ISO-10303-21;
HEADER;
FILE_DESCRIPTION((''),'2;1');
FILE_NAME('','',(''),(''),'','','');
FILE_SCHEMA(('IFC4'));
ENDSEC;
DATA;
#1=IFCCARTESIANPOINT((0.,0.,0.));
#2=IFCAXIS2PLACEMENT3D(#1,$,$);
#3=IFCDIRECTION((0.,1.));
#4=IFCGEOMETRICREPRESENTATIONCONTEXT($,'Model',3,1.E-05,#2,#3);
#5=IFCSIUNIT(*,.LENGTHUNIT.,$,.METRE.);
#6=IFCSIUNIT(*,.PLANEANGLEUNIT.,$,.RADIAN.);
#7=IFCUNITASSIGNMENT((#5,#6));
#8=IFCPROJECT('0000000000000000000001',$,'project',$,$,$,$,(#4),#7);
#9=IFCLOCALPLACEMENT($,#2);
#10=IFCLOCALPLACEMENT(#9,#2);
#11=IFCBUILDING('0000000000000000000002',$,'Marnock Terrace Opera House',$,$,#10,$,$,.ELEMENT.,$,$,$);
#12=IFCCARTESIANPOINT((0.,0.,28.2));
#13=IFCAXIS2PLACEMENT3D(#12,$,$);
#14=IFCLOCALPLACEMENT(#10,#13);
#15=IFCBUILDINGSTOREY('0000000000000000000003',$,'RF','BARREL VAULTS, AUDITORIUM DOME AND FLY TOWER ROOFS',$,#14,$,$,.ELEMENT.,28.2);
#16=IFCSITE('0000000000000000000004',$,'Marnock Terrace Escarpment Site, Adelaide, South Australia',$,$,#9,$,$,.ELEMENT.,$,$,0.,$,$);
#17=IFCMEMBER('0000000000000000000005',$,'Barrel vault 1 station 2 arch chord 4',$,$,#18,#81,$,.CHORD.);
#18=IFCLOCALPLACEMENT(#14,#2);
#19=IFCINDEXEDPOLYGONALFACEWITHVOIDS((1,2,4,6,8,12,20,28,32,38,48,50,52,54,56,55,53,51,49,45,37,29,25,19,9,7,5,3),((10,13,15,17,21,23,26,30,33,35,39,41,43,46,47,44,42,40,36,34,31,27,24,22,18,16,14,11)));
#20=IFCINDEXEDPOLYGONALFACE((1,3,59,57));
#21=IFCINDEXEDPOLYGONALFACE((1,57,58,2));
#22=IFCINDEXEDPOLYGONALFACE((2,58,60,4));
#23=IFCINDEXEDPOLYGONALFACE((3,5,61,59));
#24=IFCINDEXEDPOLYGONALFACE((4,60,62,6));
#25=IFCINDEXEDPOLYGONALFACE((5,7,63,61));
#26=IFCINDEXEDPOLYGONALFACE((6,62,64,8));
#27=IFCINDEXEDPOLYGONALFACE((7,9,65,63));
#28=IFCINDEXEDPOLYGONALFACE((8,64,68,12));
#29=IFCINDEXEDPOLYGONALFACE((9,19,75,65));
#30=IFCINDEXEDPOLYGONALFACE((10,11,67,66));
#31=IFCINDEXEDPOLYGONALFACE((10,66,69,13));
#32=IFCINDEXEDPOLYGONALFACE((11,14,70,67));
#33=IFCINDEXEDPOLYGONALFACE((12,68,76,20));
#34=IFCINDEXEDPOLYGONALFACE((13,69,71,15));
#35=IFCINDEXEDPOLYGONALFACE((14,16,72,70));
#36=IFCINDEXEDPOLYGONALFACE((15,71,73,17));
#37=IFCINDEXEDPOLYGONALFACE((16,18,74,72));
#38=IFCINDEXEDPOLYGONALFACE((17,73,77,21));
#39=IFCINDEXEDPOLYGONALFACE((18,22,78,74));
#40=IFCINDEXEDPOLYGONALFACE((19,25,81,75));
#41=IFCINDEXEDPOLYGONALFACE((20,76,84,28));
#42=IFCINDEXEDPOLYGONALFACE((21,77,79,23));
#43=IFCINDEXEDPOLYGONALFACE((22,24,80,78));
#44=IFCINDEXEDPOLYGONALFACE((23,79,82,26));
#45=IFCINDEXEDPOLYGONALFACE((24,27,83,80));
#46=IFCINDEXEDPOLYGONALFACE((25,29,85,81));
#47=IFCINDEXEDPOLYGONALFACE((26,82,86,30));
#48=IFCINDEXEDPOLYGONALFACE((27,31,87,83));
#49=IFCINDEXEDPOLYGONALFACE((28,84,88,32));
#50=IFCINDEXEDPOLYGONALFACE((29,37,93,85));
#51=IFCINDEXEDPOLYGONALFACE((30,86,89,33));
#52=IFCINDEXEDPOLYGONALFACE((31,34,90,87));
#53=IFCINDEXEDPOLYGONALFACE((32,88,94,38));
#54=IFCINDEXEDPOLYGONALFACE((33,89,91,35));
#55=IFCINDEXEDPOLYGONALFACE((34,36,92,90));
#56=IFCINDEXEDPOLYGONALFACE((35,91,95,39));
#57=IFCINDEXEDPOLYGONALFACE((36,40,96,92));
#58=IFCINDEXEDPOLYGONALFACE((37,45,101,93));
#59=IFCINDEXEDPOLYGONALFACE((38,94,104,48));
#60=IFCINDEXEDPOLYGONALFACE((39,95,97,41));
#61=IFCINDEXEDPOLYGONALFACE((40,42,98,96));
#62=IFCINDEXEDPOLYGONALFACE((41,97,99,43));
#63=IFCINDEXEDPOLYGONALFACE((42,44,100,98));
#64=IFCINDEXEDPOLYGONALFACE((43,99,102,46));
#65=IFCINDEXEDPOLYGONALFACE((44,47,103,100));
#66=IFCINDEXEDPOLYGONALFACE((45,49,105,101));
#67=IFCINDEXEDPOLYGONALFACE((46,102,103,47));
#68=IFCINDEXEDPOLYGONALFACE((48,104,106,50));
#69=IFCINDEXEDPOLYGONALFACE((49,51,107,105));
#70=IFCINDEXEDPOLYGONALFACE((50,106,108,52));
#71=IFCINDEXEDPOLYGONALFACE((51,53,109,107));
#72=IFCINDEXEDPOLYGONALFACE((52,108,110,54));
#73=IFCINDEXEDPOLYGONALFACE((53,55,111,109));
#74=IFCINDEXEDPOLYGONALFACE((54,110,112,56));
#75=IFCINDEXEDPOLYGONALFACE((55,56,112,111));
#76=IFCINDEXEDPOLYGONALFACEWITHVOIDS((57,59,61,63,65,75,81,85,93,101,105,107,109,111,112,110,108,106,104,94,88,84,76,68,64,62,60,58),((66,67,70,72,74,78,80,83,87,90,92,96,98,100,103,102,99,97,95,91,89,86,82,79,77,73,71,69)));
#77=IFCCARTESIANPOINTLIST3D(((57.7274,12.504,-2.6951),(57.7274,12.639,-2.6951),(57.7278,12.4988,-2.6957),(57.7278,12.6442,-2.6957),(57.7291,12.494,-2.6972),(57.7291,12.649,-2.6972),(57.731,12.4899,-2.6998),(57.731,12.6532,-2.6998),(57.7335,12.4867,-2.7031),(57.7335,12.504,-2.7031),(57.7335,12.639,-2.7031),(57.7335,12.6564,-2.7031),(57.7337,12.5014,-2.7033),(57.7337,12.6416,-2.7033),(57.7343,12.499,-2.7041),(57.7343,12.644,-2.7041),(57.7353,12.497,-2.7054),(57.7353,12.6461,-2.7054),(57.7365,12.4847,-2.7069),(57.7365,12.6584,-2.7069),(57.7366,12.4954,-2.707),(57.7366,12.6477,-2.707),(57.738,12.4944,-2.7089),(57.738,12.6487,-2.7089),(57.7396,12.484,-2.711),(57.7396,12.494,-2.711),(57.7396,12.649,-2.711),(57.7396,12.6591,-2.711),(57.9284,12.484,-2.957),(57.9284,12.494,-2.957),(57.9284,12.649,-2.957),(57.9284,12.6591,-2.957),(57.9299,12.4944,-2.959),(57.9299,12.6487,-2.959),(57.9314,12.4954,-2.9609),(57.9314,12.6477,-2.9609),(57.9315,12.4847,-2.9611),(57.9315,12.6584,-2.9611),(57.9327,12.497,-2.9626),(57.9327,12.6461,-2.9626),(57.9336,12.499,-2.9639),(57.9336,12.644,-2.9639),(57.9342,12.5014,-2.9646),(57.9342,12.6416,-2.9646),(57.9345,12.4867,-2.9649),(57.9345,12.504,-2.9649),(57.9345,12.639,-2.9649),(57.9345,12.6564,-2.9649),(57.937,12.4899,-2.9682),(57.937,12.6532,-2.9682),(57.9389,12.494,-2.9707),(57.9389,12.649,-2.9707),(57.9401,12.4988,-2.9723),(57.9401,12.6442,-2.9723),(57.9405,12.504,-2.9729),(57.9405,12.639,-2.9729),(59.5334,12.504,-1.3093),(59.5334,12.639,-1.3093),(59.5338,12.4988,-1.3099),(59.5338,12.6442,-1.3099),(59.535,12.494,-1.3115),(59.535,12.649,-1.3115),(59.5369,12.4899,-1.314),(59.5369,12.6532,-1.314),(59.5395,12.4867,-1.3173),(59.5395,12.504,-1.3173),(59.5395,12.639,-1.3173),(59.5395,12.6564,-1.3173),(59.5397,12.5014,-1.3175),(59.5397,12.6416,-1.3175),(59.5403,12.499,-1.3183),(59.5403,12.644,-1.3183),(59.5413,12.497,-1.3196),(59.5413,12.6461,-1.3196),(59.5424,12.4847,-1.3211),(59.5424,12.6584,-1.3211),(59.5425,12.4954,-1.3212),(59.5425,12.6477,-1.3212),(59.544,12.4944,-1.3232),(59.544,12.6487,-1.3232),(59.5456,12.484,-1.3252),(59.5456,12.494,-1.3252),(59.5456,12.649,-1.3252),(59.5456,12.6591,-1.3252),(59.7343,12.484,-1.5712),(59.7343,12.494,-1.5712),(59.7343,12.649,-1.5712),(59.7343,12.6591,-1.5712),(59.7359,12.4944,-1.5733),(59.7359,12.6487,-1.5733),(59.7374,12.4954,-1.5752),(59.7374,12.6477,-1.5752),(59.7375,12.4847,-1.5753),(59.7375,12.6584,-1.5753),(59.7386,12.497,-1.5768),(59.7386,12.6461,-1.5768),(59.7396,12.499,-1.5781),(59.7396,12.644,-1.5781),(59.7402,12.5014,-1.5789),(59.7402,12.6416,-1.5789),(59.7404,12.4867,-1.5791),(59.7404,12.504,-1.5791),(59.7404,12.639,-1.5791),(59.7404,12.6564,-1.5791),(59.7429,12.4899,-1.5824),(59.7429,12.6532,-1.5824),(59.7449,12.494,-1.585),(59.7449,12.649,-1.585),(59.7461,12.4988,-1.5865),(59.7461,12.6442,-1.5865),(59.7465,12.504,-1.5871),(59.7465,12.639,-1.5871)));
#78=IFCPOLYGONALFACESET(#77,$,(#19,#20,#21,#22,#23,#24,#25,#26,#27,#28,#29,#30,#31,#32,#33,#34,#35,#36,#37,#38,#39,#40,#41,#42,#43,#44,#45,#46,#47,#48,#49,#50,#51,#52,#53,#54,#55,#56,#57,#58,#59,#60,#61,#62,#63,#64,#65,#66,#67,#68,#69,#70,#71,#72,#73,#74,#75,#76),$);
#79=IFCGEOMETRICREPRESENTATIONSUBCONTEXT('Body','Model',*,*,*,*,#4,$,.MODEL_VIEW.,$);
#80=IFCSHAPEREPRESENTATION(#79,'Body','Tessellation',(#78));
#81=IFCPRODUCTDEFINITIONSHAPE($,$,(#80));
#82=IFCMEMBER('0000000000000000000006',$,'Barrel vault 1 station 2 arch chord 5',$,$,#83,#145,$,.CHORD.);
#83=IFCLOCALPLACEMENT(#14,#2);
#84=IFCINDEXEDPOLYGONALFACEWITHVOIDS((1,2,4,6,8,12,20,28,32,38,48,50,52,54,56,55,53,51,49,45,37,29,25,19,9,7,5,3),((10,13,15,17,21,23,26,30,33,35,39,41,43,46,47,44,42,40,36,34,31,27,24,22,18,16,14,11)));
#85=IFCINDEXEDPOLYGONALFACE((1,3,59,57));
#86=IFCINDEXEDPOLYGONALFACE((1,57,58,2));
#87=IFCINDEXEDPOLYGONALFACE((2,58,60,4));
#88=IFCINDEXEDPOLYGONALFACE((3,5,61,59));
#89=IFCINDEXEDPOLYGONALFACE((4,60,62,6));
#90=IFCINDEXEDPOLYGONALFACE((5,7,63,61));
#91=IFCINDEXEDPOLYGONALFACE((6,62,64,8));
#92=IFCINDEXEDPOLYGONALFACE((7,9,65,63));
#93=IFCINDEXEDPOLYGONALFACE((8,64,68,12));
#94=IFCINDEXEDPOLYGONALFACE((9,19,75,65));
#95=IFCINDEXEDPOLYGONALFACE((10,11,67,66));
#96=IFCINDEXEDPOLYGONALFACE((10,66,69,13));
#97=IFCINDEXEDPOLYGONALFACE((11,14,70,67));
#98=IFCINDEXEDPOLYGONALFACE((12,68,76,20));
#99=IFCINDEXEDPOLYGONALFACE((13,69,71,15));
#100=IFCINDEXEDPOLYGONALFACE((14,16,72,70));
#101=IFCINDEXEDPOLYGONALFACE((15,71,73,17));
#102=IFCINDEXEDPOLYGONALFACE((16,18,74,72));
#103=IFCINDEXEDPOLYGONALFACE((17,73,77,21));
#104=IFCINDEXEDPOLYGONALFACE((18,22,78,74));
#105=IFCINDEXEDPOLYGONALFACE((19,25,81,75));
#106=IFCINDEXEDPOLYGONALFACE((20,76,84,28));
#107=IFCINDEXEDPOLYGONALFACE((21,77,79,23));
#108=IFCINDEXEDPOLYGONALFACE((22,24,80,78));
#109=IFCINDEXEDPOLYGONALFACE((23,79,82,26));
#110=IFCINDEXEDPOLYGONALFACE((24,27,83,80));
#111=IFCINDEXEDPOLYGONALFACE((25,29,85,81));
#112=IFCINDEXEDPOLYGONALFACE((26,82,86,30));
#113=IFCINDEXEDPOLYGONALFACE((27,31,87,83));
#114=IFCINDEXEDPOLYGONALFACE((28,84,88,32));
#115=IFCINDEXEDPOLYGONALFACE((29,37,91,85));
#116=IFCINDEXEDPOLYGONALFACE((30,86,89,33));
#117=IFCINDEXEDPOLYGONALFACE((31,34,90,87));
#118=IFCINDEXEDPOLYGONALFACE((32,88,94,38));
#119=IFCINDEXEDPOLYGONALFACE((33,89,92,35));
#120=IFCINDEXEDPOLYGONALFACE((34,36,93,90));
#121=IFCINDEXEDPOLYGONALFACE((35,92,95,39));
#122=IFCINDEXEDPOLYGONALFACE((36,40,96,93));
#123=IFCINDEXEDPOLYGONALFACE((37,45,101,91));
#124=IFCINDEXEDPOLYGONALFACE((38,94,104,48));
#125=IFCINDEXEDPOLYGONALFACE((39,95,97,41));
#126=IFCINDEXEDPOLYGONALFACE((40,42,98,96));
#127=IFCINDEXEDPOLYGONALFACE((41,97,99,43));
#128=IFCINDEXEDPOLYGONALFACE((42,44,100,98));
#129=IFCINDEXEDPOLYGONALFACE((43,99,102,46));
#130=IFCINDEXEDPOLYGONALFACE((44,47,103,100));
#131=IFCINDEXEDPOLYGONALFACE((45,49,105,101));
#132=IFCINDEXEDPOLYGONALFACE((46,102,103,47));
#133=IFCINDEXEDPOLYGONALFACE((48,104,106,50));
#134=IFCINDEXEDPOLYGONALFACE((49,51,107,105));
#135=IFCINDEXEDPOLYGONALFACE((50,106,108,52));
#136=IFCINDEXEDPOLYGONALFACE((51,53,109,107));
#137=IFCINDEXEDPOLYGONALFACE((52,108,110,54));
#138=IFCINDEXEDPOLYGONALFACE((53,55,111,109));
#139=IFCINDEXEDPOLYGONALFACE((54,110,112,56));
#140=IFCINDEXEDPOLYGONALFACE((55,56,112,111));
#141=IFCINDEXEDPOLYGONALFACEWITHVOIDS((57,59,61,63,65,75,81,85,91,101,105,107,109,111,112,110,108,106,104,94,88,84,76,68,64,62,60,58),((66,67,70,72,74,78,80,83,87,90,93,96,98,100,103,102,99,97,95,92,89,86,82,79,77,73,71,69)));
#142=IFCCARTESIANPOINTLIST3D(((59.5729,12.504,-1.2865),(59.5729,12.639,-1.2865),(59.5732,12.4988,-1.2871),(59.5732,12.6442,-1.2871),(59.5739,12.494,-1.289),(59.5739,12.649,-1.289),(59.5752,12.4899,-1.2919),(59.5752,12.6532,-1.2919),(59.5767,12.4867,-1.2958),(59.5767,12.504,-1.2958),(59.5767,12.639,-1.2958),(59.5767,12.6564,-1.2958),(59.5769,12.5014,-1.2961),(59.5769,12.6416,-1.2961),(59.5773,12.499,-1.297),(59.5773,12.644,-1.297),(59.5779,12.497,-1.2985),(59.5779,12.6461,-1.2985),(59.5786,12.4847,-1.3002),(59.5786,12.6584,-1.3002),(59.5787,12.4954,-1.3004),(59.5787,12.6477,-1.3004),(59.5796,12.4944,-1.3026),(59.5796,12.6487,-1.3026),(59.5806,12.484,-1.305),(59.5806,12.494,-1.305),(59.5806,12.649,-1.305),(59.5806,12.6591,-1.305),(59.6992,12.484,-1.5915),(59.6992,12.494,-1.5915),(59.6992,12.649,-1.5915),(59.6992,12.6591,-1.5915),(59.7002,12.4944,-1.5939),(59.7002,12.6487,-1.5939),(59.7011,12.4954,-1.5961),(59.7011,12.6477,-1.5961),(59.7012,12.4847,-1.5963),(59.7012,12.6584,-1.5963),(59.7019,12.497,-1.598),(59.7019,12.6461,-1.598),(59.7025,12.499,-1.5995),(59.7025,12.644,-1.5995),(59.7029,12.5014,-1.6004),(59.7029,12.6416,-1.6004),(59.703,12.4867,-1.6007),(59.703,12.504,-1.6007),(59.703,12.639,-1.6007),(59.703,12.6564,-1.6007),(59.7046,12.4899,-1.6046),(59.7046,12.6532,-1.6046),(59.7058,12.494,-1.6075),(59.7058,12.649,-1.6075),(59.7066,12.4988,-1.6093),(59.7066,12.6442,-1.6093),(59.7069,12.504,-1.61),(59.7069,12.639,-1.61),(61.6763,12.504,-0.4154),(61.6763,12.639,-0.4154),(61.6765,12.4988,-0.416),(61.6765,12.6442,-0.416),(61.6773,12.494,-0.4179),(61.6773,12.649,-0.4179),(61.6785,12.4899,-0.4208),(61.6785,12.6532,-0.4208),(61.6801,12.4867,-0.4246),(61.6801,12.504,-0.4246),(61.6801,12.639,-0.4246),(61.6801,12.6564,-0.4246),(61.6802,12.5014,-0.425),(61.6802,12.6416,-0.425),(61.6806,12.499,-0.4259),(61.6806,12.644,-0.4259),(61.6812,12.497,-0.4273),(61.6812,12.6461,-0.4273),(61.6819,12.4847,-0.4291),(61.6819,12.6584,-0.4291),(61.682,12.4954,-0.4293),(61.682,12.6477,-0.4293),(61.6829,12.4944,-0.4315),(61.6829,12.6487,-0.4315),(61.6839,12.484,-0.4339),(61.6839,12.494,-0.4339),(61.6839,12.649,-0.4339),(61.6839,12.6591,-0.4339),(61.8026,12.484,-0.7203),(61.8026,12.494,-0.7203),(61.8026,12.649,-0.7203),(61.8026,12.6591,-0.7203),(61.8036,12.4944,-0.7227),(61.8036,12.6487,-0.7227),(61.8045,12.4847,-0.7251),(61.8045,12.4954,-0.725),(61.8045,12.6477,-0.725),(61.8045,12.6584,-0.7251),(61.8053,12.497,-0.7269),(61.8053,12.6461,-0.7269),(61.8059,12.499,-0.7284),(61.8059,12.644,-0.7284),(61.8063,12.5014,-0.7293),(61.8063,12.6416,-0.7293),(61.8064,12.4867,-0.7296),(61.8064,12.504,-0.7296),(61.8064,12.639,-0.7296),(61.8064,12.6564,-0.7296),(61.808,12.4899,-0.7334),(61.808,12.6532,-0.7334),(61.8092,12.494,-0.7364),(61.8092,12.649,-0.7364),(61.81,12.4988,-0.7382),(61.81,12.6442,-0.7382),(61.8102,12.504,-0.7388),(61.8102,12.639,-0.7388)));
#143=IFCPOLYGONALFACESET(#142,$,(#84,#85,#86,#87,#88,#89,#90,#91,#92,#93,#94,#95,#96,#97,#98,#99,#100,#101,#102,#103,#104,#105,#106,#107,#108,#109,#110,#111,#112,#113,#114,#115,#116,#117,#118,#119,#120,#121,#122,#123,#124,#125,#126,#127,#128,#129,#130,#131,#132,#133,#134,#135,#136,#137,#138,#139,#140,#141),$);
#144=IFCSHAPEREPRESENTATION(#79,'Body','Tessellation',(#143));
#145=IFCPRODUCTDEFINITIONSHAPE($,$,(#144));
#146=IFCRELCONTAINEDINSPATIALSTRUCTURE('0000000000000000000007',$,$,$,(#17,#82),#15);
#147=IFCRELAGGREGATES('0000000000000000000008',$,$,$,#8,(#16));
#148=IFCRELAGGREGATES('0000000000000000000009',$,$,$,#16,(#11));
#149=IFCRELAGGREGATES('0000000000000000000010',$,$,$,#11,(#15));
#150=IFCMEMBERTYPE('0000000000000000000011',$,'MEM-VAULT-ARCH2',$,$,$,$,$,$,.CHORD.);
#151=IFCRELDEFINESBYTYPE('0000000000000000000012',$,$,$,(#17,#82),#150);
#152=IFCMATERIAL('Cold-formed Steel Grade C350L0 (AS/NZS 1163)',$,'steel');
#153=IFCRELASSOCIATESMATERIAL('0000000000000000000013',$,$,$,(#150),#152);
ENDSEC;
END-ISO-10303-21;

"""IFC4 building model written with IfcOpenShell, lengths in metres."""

from ifc_helpers import new_model, si_unit, direction, frame, origin, origin_2d, place, context, subcontext, project, spatial, hollow_rectangle, extrude, material, material_profile, profile_set, type_object, element, save


model = new_model("IFC4")

# Units and contexts
model_context = context("Model", 3, precision=1e-05, world=origin(), true_north=direction((0.0, 1.0)))
body_context = subcontext(model_context, "Body", "Model", "MODEL_VIEW")
ifc_project = project(units=[si_unit("LENGTHUNIT", "METRE"), si_unit("PLANEANGLEUNIT", "RADIAN")], contexts=[model_context])

# Site, building, storey
site_placement = place(None, origin())
site = spatial("IfcSite", under=ifc_project, at=site_placement, Name="Marnock Terrace Escarpment Site, Adelaide, South Australia", CompositionType="ELEMENT", RefElevation=0.0)
building_placement = place(site_placement, origin())
building = spatial("IfcBuilding", under=site, at=building_placement, Name="Marnock Terrace Opera House", CompositionType="ELEMENT")
storey_placement = place(building_placement, frame((0.0, 0.0, 28.2)))
storey = spatial("IfcBuildingStorey", under=building, at=storey_placement, Name="RF", Description="BARREL VAULTS, AUDITORIUM DOME AND FLY TOWER ROOFS", CompositionType="ELEMENT", Elevation=28.2)

# Members
ifc_material_1 = material(Name="Cold-formed Steel Grade C350L0 (AS/NZS 1163)", Category="steel")
ifc_material_profile_1 = material_profile(ifc_material_1, hollow_rectangle(XDim=0.175, YDim=0.3501, WallThickness=0.01, InnerFilletRadius=0.01, OuterFilletRadius=0.02, at=origin_2d()))
ifc_profile_set_1 = profile_set([ifc_material_profile_1], Name="Cold-formed Steel Grade C350L0 (AS/NZS 1163)")
member_type_1 = type_object("IfcMemberType", Name="MEM-VAULT-ARCH2", PredefinedType="CHORD", material=ifc_profile_set_1)
member_1_placement = place(storey_placement, frame((57.834, 12.5715, -2.834), z_axis=(0.793349, 0.0, 0.608767), x_axis=(0.0, 1.0, 0.0)))
element("IfcMember", 1, at=member_1_placement, inside=storey, type_object=member_type_1, Name="Barrel vault 1 station 2 arch chord 4", PredefinedType="CHORD", context=body_context, shape_type="SweptSolid", body=[
    extrude(hollow_rectangle(XDim=0.175, YDim=0.3501, WallThickness=0.01, InnerFilletRadius=0.01, OuterFilletRadius=0.02, at=origin_2d()), origin(), (0.0, 0.0, 1.0), 2.2764),
])
member_2_placement = place(storey_placement, frame((59.6399, 12.5715, -1.4482), z_axis=(0.923897, 0.0, 0.382642), x_axis=(0.0, 1.0, 0.0)))
element("IfcMember", 2, at=member_2_placement, inside=storey, type_object=member_type_1, Name="Barrel vault 1 station 2 arch chord 5", PredefinedType="CHORD", context=body_context, shape_type="SweptSolid", body=[
    extrude(hollow_rectangle(XDim=0.175, YDim=0.3501, WallThickness=0.01, InnerFilletRadius=0.01, OuterFilletRadius=0.02, at=origin_2d()), origin(), (0.0, 0.0, 1.0), 2.2766),
])

save(model, "model.ifc")
